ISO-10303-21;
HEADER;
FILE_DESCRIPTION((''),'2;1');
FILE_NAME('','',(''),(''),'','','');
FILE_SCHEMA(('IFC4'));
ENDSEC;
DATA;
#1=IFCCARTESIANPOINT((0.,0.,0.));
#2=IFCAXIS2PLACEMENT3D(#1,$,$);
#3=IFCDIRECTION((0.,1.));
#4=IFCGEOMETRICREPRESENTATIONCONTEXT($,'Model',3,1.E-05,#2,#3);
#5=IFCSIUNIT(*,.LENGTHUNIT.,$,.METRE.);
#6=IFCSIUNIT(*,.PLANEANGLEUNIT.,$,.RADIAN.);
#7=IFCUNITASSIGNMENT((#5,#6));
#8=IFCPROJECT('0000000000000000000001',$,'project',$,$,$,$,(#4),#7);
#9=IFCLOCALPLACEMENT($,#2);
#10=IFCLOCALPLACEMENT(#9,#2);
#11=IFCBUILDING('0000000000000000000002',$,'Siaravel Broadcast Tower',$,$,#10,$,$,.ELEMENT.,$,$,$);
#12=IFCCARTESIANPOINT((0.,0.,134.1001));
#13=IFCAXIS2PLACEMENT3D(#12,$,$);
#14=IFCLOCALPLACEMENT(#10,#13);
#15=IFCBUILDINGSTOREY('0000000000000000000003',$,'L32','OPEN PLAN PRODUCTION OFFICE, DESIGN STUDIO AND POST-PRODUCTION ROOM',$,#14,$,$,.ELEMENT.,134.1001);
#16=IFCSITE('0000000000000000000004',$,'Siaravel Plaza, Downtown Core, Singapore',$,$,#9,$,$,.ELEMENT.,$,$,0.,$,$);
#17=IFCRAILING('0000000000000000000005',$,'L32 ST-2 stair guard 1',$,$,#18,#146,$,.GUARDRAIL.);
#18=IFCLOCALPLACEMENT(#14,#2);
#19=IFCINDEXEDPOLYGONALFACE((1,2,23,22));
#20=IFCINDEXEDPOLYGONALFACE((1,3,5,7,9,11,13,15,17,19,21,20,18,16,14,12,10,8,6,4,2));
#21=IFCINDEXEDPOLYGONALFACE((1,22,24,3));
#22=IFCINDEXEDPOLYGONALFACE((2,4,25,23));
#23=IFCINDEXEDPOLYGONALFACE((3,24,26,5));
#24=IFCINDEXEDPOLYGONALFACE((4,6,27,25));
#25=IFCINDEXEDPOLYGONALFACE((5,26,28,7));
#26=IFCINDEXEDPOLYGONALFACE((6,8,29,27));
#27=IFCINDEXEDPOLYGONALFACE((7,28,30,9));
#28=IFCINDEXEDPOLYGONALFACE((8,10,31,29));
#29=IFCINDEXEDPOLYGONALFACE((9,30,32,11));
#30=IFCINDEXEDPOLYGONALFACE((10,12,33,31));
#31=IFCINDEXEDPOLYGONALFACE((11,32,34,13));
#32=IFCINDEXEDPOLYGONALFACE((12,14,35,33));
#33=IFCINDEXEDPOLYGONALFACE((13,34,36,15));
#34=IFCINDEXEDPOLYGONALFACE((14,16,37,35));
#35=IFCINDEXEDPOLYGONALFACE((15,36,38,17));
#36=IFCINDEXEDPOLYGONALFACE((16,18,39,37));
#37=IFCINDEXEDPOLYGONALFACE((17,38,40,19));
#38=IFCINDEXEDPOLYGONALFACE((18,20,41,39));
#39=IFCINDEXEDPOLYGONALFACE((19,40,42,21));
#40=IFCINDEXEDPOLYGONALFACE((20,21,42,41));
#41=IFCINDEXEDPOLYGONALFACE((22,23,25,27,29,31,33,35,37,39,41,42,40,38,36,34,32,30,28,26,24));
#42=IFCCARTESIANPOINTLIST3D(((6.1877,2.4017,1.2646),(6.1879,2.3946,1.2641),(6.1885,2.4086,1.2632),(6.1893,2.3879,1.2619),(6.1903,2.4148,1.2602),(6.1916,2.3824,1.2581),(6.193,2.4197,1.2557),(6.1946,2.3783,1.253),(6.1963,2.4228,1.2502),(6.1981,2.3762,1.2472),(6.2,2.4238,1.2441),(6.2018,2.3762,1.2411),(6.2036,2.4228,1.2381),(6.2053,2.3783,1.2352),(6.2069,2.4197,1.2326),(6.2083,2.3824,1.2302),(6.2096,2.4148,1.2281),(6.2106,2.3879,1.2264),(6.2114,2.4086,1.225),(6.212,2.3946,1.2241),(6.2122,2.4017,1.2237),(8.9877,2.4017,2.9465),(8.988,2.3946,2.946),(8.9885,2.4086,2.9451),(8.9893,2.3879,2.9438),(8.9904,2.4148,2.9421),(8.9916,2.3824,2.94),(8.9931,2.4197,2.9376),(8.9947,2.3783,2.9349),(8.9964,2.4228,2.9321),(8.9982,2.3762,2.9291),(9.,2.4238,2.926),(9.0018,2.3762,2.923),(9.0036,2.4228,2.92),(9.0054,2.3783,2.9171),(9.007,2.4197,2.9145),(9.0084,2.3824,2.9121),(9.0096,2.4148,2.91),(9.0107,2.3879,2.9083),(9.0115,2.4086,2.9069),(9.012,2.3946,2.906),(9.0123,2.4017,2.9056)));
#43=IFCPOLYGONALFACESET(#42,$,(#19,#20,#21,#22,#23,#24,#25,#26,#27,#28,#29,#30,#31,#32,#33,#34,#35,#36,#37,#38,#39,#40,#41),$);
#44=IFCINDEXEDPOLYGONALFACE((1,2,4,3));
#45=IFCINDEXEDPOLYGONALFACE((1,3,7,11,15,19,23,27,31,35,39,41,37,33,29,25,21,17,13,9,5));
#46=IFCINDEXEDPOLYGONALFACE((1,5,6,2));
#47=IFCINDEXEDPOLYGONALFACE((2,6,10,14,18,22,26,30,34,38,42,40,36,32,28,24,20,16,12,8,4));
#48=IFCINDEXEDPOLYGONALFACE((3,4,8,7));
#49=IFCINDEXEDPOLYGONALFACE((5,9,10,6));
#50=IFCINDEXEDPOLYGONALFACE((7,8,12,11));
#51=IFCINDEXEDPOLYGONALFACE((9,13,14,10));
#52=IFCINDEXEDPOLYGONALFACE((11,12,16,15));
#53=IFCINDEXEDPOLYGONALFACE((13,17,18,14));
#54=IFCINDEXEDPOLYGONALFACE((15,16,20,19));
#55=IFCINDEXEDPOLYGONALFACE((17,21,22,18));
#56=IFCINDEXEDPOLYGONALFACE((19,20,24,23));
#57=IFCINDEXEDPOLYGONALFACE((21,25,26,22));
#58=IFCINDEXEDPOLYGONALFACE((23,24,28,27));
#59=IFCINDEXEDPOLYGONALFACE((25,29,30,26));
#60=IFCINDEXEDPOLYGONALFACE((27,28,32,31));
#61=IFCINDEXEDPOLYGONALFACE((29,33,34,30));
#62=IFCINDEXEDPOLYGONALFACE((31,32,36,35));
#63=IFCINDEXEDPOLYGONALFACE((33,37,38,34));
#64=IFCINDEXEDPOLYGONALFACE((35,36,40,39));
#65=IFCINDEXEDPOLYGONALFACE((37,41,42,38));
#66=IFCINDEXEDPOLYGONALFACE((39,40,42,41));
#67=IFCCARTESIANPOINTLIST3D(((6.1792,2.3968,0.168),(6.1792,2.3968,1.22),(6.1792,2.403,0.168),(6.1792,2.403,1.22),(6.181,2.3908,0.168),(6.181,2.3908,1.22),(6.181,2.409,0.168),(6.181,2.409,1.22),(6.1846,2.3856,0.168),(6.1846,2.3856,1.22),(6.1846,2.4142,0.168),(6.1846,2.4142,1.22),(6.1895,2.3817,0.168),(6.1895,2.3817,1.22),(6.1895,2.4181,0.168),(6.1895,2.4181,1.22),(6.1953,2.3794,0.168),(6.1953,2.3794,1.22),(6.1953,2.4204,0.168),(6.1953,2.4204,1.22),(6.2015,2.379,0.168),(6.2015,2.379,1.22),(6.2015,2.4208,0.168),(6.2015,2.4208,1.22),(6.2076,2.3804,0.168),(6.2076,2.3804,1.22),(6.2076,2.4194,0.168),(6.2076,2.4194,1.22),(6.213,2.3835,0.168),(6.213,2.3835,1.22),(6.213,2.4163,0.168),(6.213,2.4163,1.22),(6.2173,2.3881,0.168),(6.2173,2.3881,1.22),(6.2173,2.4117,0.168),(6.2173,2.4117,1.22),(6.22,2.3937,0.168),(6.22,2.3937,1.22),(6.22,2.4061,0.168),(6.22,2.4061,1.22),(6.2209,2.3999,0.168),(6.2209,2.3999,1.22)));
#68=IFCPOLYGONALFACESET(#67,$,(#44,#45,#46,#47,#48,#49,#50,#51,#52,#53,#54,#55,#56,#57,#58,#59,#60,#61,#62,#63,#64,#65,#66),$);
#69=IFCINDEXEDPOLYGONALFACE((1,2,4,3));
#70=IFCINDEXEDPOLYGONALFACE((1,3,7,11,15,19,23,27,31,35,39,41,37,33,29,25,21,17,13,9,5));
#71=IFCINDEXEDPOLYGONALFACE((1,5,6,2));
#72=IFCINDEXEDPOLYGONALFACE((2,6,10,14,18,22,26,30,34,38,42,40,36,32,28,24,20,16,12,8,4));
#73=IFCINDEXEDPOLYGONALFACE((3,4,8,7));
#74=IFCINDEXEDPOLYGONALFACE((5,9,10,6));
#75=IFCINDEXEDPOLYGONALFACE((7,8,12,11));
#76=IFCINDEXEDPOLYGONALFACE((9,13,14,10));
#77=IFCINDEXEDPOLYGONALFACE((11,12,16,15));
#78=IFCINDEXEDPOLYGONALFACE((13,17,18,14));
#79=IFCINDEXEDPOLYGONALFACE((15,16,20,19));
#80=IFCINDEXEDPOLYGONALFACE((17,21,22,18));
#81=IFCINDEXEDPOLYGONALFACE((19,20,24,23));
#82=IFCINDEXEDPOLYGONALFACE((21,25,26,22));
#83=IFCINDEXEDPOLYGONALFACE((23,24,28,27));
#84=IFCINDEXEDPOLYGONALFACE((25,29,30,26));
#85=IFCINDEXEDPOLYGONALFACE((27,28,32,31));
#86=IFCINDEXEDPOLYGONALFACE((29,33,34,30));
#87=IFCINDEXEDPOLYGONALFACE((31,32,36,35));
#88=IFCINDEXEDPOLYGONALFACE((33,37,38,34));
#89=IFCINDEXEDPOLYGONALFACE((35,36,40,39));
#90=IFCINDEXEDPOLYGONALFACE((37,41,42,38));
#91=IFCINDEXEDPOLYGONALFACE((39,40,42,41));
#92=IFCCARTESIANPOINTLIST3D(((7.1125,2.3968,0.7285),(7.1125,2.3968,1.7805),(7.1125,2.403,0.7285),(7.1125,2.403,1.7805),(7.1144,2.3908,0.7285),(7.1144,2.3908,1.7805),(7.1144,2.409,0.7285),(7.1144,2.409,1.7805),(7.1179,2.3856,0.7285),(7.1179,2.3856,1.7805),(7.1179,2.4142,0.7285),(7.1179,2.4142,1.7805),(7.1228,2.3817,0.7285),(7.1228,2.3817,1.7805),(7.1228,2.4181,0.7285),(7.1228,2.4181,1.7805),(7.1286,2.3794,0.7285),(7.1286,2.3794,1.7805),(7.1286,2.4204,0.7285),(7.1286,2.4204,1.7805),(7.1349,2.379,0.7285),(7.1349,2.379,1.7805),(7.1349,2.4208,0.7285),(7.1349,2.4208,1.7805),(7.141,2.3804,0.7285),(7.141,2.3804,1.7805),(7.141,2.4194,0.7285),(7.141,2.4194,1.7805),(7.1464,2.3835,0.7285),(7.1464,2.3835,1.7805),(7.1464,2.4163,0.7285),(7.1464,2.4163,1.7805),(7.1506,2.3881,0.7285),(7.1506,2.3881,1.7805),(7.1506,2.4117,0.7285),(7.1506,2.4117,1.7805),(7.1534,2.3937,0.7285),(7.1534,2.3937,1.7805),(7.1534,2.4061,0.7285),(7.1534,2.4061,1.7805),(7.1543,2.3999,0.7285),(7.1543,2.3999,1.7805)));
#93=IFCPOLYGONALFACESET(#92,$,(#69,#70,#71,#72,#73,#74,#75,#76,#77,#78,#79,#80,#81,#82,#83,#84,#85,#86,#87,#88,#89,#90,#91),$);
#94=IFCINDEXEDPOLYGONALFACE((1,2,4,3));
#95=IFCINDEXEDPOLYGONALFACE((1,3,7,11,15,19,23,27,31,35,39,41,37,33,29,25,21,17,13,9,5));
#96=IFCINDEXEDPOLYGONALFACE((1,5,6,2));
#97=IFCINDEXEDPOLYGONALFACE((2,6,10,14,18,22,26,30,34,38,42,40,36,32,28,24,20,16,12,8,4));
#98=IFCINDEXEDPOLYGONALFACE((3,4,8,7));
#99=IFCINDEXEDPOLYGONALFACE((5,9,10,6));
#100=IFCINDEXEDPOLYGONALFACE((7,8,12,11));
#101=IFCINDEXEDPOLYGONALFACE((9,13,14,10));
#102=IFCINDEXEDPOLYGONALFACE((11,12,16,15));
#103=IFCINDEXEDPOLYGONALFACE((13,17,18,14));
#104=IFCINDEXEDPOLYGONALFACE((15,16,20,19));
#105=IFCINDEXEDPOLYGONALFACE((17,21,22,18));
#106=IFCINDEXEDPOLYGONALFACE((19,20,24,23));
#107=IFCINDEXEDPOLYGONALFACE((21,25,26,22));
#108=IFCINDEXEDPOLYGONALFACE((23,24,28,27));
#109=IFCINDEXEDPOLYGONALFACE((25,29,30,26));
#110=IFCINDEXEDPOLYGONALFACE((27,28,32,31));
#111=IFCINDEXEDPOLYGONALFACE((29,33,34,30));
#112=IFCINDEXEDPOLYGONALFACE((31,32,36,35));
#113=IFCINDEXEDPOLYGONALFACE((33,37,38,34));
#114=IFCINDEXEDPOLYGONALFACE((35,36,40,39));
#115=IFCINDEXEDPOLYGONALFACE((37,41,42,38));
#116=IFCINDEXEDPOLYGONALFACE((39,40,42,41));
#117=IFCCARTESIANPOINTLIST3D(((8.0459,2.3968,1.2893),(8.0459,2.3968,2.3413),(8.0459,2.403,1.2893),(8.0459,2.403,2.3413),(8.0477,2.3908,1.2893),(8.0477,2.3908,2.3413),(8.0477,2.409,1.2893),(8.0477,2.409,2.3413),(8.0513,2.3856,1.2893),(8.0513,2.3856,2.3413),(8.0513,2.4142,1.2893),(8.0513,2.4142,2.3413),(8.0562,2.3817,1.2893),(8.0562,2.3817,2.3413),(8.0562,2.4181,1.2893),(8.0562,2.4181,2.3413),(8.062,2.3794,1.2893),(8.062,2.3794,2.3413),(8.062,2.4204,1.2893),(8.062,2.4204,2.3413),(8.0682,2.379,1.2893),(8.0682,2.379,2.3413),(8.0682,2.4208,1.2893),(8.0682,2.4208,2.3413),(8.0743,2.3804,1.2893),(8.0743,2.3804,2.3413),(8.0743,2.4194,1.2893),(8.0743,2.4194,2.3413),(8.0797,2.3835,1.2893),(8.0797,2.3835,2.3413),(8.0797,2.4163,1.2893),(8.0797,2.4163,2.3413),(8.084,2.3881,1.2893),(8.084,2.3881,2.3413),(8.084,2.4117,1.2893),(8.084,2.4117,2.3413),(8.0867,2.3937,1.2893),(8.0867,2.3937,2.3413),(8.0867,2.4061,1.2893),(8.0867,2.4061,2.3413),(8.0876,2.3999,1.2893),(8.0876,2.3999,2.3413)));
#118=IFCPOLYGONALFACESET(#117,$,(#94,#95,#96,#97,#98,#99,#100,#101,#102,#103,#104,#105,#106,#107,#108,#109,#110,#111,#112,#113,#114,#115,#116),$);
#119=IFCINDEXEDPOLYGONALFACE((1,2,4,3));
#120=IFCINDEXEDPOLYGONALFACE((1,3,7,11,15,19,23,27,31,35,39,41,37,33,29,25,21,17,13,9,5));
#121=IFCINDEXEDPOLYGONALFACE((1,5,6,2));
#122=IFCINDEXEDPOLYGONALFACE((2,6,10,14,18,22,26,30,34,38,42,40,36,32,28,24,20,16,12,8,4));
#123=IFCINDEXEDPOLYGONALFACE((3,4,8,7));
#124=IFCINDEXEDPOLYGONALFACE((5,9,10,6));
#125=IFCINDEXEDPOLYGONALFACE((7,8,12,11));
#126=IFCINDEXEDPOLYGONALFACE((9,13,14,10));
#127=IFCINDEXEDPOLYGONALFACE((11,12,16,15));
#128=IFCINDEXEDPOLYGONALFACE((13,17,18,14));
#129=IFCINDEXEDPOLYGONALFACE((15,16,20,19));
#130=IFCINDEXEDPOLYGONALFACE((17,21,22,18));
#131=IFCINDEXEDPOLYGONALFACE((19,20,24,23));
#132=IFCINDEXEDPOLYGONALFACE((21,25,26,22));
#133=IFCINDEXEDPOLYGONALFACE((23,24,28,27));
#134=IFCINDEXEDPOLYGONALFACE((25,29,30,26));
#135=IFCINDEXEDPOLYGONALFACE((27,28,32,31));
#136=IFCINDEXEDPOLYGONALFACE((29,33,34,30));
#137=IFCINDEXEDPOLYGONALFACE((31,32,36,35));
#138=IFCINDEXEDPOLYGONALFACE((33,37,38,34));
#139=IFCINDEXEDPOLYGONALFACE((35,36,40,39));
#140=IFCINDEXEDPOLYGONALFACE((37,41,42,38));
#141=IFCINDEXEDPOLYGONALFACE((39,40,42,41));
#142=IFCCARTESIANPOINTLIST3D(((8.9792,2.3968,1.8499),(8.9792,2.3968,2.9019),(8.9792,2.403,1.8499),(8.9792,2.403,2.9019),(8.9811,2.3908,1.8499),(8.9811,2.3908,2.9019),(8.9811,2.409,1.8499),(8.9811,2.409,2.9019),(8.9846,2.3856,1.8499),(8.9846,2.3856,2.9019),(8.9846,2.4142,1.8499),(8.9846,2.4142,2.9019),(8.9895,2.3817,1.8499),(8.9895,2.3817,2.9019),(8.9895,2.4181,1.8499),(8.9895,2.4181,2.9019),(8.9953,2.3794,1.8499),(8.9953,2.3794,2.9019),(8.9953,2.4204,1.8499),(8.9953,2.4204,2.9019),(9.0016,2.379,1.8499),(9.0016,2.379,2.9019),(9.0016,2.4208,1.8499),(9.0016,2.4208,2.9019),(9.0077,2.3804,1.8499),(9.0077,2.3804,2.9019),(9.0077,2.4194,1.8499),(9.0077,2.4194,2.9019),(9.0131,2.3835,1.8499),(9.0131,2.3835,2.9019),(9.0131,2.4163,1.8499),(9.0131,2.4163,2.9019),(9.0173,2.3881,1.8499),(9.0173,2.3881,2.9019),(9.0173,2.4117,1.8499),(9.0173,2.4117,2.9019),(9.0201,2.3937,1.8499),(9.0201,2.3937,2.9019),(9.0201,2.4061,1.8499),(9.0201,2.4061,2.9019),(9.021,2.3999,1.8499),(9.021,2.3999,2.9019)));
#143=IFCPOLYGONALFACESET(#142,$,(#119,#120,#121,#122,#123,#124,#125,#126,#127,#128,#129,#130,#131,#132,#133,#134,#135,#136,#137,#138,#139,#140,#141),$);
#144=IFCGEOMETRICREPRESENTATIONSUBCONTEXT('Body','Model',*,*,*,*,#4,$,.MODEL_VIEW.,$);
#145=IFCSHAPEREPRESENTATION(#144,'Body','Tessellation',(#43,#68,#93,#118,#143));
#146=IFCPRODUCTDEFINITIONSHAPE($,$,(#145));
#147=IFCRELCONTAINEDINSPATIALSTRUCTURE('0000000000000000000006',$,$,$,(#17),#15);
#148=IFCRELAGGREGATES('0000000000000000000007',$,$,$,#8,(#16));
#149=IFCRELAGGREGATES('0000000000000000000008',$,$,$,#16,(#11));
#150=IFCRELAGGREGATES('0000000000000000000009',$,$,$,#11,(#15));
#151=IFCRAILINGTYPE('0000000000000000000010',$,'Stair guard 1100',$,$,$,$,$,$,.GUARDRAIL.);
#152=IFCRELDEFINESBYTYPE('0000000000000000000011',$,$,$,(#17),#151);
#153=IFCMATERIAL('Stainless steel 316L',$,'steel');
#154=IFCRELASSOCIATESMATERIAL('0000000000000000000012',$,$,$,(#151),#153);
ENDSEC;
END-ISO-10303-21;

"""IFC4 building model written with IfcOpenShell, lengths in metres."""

from ifc_helpers import new_model, si_unit, direction, frame, origin, origin_2d, place, context, subcontext, project, spatial, circle, extrude, material, type_object, element, save


model = new_model("IFC4")

# Units and contexts
model_context = context("Model", 3, precision=1e-05, world=origin(), true_north=direction((0.0, 1.0)))
body_context = subcontext(model_context, "Body", "Model", "MODEL_VIEW")
ifc_project = project(units=[si_unit("LENGTHUNIT", "METRE"), si_unit("PLANEANGLEUNIT", "RADIAN")], contexts=[model_context])

# Site, building, storey
site_placement = place(None, origin())
site = spatial("IfcSite", under=ifc_project, at=site_placement, Name="Siaravel Plaza, Downtown Core, Singapore", CompositionType="ELEMENT", RefElevation=0.0)
building_placement = place(site_placement, origin())
building = spatial("IfcBuilding", under=site, at=building_placement, Name="Siaravel Broadcast Tower", CompositionType="ELEMENT")
storey_placement = place(building_placement, frame((0.0, 0.0, 134.1001)))
storey = spatial("IfcBuildingStorey", under=building, at=storey_placement, Name="L32", Description="OPEN PLAN PRODUCTION OFFICE, DESIGN STUDIO AND POST-PRODUCTION ROOM", CompositionType="ELEMENT", Elevation=134.1001)

# Railing
ifc_material_1 = material(Name="Stainless steel 316L", Category="steel")
railing_type_1 = type_object("IfcRailingType", Name="Stair guard 1100", PredefinedType="GUARDRAIL", material=ifc_material_1)
railing_1_placement = place(storey_placement, frame((6.2, 2.3999, 0.168)))
element("IfcRailing", 1, at=railing_1_placement, inside=storey, type_object=railing_type_1, Name="L32 ST-2 stair guard 1", PredefinedType="GUARDRAIL", context=body_context, shape_type="SweptSolid", body=[
    extrude(circle(Radius=0.0239, at=origin_2d()), frame((0.0, 0.0, 1.0762), z_axis=(0.857242, 0.0, 0.514913), x_axis=(0.0, 1.0, 0.0)), (0.0, 0.0, 1.0), 3.2664),
    extrude(circle(Radius=0.021, at=origin_2d()), origin(), (0.0, 0.0, 1.0), 1.052),
    extrude(circle(Radius=0.021, at=origin_2d()), frame((0.9333, 0.0, 0.5605)), (0.0, 0.0, 1.0), 1.052),
    extrude(circle(Radius=0.021, at=origin_2d()), frame((1.8667, 0.0, 1.1213)), (0.0, 0.0, 1.0), 1.052),
    extrude(circle(Radius=0.021, at=origin_2d()), frame((2.8, 0.0, 1.6819)), (0.0, 0.0, 1.0), 1.052),
])

save(model, "model.ifc")
